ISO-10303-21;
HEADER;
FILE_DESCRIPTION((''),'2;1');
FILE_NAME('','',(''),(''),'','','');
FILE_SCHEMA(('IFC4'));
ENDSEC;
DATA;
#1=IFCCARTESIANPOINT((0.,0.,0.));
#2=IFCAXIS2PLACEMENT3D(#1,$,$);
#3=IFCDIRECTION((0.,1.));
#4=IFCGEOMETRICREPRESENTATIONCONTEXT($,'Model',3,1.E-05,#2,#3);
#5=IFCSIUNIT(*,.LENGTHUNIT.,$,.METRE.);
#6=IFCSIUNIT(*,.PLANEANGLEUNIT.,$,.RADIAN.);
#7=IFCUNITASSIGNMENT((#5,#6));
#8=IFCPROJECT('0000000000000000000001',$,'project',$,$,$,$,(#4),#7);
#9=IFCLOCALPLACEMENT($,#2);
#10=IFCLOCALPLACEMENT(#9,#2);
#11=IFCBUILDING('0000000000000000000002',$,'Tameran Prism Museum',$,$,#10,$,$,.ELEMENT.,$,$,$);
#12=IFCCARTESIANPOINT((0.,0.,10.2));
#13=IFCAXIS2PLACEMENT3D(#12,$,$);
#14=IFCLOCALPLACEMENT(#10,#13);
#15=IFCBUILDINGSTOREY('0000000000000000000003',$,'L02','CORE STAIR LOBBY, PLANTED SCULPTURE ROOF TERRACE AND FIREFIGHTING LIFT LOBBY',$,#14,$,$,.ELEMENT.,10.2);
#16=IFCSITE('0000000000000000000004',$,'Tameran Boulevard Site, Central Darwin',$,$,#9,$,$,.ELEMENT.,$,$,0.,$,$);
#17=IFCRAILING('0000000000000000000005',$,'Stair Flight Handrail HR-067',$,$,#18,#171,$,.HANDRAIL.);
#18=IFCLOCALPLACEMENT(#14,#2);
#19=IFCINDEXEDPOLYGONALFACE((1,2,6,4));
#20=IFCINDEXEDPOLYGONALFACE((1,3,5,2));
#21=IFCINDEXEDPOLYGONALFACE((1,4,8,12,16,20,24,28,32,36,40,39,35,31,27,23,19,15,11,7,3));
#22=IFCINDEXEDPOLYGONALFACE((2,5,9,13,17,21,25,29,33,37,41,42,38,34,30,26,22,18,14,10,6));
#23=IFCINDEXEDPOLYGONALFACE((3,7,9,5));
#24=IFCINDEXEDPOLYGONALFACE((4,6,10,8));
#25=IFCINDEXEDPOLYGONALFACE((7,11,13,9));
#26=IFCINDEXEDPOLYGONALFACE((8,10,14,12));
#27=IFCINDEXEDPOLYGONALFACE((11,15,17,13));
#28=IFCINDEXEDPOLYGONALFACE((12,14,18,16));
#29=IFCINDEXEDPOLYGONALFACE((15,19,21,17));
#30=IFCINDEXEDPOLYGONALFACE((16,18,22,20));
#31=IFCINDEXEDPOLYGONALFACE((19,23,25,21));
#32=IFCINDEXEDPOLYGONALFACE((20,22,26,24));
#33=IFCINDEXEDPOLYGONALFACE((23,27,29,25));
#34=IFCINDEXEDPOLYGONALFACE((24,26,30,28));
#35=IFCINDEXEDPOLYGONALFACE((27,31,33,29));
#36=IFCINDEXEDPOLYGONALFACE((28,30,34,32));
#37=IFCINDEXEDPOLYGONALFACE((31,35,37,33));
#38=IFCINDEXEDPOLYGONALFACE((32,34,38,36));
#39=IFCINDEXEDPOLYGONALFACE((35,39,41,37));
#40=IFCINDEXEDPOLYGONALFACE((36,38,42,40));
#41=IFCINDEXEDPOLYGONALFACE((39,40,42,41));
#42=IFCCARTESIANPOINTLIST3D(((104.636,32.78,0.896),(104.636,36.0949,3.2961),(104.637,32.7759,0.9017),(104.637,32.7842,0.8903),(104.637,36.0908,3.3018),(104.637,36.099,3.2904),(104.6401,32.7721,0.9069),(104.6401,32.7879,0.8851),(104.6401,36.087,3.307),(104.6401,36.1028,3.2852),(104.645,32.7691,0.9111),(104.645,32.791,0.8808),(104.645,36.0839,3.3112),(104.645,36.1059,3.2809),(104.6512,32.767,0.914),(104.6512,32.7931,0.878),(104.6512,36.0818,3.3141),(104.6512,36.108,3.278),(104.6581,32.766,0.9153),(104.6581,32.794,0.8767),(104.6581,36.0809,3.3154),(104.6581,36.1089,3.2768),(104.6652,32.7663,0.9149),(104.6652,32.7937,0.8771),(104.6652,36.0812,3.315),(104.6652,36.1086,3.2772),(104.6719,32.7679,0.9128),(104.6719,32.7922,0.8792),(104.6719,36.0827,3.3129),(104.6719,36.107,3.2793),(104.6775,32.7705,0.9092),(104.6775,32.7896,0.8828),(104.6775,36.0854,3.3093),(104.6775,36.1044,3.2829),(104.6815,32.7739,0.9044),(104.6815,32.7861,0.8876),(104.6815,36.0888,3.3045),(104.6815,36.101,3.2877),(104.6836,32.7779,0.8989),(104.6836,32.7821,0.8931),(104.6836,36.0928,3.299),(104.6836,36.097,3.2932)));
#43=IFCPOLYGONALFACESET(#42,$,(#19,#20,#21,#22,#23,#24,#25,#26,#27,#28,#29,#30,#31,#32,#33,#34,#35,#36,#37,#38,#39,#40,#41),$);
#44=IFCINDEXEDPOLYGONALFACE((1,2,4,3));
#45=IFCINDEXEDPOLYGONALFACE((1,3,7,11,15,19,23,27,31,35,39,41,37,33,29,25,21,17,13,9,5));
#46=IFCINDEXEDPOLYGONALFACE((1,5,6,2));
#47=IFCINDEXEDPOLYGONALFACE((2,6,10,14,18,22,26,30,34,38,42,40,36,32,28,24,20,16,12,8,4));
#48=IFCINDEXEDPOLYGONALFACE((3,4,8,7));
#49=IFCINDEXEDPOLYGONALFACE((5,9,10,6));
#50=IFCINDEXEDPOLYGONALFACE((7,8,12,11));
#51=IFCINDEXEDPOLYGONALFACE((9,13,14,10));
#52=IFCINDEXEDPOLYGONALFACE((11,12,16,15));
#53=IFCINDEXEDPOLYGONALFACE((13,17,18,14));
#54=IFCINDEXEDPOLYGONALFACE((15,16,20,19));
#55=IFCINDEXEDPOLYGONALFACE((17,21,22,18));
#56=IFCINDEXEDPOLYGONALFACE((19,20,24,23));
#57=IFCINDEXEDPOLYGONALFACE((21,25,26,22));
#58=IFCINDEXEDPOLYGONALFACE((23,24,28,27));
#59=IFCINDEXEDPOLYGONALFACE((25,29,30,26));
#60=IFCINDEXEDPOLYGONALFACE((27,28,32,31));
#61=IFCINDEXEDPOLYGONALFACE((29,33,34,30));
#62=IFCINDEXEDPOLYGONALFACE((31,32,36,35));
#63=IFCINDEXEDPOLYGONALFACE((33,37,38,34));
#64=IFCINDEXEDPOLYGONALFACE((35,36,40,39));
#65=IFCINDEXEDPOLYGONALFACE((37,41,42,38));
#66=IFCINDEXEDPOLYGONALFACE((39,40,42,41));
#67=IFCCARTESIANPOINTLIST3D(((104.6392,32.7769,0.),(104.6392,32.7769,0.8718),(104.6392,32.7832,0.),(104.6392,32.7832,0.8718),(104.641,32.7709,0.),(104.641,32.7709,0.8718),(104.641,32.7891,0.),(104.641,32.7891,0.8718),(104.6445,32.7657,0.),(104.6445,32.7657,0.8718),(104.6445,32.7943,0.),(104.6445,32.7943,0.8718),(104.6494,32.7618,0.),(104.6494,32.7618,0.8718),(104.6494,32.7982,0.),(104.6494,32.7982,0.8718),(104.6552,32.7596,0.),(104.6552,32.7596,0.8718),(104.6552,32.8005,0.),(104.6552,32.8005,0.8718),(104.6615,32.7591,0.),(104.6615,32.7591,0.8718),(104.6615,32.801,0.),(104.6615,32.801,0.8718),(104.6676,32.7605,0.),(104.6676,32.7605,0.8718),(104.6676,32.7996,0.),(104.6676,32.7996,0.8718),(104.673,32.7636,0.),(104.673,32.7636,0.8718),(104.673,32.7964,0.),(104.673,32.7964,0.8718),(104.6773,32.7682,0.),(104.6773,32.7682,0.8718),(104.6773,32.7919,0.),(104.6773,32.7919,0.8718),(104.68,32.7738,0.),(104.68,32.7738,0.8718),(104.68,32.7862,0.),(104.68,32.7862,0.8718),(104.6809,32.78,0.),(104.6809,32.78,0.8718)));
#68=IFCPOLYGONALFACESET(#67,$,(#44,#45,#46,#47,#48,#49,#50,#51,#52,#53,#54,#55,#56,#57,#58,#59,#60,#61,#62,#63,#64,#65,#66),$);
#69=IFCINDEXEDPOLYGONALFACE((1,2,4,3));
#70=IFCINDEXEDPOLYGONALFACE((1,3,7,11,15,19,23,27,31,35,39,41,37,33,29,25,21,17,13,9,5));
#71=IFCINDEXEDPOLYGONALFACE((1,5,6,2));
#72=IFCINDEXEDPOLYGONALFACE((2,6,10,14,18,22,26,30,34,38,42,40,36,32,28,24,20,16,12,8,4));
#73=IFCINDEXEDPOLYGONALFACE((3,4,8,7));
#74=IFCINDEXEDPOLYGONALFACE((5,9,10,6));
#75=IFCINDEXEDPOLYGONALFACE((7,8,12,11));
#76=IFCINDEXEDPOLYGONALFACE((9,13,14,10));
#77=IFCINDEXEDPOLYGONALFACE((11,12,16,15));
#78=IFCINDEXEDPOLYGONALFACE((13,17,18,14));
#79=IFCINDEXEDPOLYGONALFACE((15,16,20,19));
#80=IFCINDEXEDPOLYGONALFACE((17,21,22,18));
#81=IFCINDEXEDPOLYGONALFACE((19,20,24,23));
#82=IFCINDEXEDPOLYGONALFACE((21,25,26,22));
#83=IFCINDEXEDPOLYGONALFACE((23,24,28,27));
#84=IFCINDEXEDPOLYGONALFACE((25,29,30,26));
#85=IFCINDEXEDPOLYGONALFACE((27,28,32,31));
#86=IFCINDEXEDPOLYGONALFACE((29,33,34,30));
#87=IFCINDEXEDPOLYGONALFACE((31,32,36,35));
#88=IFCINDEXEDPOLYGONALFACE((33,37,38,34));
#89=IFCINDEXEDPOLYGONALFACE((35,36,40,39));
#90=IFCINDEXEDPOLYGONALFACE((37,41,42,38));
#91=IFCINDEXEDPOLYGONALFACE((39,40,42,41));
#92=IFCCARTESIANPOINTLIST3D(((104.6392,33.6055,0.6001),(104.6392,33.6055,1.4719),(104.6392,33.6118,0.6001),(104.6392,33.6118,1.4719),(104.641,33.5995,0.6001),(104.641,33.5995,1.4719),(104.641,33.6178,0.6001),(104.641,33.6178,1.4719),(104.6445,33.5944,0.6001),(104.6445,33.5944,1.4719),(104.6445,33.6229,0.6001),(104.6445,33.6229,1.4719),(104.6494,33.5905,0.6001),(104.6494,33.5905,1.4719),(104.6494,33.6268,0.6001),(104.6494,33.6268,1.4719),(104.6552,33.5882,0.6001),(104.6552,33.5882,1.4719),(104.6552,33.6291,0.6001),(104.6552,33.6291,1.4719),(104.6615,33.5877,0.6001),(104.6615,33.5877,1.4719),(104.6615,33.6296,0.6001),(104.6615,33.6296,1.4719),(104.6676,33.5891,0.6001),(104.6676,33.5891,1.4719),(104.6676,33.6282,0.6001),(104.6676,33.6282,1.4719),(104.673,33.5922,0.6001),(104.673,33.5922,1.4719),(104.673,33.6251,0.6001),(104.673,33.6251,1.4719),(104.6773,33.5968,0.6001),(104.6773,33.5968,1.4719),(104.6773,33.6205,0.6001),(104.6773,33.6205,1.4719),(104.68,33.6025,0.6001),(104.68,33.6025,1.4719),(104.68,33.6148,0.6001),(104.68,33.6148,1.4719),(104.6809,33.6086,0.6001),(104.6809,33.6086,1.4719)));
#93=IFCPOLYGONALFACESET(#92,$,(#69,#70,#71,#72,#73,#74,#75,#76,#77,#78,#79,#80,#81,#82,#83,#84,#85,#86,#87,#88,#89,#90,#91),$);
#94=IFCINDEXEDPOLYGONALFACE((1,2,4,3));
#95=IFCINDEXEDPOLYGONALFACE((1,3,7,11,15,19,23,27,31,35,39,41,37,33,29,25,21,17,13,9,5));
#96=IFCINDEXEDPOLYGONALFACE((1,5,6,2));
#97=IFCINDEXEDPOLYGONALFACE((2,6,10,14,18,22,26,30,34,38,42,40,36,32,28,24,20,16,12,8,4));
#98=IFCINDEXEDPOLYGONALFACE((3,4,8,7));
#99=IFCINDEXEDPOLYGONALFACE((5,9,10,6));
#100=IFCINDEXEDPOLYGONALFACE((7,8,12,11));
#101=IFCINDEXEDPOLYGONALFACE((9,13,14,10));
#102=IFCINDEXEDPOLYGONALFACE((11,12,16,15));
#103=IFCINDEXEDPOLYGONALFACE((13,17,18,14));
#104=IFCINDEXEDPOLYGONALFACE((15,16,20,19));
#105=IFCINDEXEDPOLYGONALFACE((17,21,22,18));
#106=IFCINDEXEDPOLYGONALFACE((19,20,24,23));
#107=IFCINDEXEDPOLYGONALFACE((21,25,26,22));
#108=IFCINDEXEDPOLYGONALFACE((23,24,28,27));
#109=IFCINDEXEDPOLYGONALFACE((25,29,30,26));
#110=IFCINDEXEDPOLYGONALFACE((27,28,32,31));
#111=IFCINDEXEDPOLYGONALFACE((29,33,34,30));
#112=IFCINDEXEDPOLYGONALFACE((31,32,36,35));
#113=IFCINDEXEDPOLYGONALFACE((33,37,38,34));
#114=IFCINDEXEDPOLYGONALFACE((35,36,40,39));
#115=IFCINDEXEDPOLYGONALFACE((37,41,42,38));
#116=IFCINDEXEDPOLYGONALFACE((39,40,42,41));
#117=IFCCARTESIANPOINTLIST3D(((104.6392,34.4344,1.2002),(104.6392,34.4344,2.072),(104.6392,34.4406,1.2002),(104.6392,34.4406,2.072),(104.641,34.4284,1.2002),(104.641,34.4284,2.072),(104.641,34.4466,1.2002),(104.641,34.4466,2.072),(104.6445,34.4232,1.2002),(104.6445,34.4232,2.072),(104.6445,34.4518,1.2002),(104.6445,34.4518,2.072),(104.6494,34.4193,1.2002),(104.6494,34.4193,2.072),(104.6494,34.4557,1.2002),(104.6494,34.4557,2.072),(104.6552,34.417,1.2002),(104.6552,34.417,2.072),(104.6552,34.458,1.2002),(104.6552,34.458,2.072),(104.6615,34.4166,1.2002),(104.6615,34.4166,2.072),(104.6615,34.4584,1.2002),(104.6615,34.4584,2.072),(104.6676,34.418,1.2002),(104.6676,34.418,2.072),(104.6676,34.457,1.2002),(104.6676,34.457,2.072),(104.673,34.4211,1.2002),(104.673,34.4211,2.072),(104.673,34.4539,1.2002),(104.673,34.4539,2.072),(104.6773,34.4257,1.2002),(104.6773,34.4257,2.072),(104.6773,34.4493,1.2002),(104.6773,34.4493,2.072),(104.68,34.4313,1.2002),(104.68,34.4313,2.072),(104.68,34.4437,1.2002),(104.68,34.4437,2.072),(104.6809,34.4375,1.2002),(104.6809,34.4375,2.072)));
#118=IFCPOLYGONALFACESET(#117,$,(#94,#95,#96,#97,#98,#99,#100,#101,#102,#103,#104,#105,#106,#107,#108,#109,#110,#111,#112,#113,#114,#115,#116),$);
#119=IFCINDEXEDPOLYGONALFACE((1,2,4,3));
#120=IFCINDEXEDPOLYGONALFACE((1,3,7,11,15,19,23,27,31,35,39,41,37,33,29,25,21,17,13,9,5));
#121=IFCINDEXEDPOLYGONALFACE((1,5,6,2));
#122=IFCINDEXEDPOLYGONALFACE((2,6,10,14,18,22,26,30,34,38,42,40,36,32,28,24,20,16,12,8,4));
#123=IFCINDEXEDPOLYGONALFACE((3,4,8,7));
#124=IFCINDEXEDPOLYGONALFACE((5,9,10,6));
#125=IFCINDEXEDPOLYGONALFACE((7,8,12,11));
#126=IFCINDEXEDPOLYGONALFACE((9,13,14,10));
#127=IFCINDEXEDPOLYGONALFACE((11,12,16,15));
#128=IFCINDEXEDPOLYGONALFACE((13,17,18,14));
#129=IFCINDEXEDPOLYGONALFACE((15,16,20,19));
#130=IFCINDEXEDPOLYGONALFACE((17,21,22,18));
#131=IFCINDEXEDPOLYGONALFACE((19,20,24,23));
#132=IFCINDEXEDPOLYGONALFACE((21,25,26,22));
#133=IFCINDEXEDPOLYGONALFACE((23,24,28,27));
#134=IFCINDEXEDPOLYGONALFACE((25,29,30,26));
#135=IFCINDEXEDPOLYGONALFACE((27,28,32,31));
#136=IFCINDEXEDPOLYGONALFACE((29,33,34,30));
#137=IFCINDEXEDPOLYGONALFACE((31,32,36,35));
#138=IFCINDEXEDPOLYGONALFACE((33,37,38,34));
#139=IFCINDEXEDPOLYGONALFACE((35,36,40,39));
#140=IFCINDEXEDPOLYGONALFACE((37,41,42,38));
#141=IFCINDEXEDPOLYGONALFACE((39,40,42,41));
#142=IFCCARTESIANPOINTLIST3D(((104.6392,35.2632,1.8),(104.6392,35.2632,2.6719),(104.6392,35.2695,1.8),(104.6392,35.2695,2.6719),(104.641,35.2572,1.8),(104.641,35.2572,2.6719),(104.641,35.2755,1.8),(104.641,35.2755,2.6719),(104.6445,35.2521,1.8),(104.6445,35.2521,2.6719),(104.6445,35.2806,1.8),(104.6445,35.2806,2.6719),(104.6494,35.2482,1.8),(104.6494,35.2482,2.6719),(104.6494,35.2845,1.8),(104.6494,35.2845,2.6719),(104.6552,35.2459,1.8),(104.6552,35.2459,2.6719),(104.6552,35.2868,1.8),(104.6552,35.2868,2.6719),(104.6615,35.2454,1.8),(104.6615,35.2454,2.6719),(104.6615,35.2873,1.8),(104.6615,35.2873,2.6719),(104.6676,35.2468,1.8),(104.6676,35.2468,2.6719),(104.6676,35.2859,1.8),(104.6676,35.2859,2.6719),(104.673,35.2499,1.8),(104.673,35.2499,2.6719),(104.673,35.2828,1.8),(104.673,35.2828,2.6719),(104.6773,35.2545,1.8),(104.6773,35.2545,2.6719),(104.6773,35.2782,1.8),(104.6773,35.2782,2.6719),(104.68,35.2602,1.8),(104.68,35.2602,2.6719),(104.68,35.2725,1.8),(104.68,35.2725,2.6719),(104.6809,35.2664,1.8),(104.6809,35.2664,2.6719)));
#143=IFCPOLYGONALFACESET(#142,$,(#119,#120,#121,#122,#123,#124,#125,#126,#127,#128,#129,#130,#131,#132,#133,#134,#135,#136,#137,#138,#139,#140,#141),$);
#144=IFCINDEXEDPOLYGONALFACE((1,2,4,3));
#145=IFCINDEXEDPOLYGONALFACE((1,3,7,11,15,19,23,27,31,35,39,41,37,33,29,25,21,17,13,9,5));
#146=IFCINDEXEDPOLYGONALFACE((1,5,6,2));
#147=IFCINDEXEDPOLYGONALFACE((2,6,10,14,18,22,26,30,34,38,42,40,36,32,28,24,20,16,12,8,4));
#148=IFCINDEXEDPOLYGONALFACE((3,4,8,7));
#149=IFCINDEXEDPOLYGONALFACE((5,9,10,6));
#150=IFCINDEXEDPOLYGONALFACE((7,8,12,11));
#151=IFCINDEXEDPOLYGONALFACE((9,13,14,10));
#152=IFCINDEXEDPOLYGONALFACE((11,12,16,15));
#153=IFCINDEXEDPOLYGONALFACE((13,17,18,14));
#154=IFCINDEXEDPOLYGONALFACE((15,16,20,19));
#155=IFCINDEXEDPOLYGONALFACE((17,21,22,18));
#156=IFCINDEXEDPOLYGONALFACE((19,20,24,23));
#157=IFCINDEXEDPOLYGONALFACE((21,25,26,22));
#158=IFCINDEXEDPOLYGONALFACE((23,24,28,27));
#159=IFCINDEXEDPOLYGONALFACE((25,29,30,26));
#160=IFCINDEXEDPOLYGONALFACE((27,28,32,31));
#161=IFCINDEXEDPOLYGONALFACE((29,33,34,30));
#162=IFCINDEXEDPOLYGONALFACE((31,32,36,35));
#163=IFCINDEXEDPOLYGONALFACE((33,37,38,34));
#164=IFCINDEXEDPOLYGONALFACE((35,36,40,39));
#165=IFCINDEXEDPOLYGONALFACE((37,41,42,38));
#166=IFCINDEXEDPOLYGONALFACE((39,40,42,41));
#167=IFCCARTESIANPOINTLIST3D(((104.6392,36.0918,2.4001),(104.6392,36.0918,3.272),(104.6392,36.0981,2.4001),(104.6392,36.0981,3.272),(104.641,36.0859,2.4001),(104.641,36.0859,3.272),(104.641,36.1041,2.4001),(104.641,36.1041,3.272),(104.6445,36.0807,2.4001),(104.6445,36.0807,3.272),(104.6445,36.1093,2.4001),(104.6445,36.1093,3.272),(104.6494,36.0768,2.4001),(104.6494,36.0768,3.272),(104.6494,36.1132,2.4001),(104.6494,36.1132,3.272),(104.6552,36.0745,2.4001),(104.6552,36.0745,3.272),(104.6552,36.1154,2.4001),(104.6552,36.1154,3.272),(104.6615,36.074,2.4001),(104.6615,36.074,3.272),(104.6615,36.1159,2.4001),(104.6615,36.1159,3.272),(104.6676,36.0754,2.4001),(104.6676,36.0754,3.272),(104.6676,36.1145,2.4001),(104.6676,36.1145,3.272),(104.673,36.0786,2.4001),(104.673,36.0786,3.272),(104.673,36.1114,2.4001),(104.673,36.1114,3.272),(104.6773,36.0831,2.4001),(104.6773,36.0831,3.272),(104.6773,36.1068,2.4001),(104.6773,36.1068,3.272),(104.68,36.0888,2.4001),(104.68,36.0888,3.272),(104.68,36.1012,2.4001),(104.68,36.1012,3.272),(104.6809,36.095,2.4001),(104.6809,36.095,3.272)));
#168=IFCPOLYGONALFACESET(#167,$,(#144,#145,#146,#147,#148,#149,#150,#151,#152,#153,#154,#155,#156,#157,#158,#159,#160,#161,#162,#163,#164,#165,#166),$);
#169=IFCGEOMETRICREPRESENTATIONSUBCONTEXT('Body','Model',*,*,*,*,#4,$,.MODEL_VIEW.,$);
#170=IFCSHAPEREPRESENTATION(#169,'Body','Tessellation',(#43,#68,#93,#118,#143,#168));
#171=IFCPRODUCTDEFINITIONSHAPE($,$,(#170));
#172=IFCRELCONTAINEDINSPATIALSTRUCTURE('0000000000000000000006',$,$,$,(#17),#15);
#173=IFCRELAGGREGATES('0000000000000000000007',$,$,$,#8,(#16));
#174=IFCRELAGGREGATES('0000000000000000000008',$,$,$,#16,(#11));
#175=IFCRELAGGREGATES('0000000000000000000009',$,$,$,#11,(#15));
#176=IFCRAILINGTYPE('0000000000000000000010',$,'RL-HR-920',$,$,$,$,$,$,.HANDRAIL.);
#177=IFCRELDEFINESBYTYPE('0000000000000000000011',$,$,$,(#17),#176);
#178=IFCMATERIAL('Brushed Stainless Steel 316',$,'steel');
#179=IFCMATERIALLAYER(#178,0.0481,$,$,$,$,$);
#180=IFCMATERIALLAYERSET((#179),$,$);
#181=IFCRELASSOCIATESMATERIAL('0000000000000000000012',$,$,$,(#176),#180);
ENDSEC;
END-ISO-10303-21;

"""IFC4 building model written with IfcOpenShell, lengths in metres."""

from ifc_helpers import new_model, si_unit, direction, frame, origin, origin_2d, place, context, subcontext, project, spatial, circle, extrude, material, layer, layer_set, type_object, element, save


model = new_model("IFC4")

# Units and contexts
model_context = context("Model", 3, precision=1e-05, world=origin(), true_north=direction((0.0, 1.0)))
body_context = subcontext(model_context, "Body", "Model", "MODEL_VIEW")
ifc_project = project(units=[si_unit("LENGTHUNIT", "METRE"), si_unit("PLANEANGLEUNIT", "RADIAN")], contexts=[model_context])

# Site, building, storey
site_placement = place(None, origin())
site = spatial("IfcSite", under=ifc_project, at=site_placement, Name="Tameran Boulevard Site, Central Darwin", CompositionType="ELEMENT", RefElevation=0.0)
building_placement = place(site_placement, origin())
building = spatial("IfcBuilding", under=site, at=building_placement, Name="Tameran Prism Museum", CompositionType="ELEMENT")
storey_placement = place(building_placement, frame((0.0, 0.0, 10.2)))
storey = spatial("IfcBuildingStorey", under=building, at=storey_placement, Name="L02", Description="CORE STAIR LOBBY, PLANTED SCULPTURE ROOF TERRACE AND FIREFIGHTING LIFT LOBBY", CompositionType="ELEMENT", Elevation=10.2)

# Railing
ifc_material_1 = material(Name="Brushed Stainless Steel 316", Category="steel")
ifc_layer_1 = layer(ifc_material_1, 0.0481)
ifc_layer_set_1 = layer_set([ifc_layer_1])
railing_type_1 = type_object("IfcRailingType", Name="RL-HR-920", PredefinedType="HANDRAIL", material=ifc_layer_set_1)
railing_1_placement = place(storey_placement, frame((104.6599, 32.78, 0.0)))
element("IfcRailing", 1, at=railing_1_placement, inside=storey, type_object=railing_type_1, Name="Stair Flight Handrail HR-067", PredefinedType="HANDRAIL", context=body_context, shape_type="SweptSolid", body=[
    extrude(circle(Radius=0.0239, at=origin_2d()), frame((0.0, 0.0, 0.896), z_axis=(0.0, 0.80998, 0.586457), x_axis=(-1.0, 0.0, 0.0)), (0.0, 0.0, 1.0), 4.0925),
    extrude(circle(Radius=0.021, at=origin_2d()), origin(), (0.0, 0.0, 1.0), 0.8718),
    extrude(circle(Radius=0.021, at=origin_2d()), frame((0.0, 0.8286, 0.6001)), (0.0, 0.0, 1.0), 0.8718),
    extrude(circle(Radius=0.021, at=origin_2d()), frame((0.0, 1.6575, 1.2002)), (0.0, 0.0, 1.0), 0.8718),
    extrude(circle(Radius=0.021, at=origin_2d()), frame((0.0, 2.4863, 1.8)), (0.0, 0.0, 1.0), 0.8718),
    extrude(circle(Radius=0.021, at=origin_2d()), frame((0.0, 3.3149, 2.4001)), (0.0, 0.0, 1.0), 0.8718),
])

save(model, "model.ifc")
